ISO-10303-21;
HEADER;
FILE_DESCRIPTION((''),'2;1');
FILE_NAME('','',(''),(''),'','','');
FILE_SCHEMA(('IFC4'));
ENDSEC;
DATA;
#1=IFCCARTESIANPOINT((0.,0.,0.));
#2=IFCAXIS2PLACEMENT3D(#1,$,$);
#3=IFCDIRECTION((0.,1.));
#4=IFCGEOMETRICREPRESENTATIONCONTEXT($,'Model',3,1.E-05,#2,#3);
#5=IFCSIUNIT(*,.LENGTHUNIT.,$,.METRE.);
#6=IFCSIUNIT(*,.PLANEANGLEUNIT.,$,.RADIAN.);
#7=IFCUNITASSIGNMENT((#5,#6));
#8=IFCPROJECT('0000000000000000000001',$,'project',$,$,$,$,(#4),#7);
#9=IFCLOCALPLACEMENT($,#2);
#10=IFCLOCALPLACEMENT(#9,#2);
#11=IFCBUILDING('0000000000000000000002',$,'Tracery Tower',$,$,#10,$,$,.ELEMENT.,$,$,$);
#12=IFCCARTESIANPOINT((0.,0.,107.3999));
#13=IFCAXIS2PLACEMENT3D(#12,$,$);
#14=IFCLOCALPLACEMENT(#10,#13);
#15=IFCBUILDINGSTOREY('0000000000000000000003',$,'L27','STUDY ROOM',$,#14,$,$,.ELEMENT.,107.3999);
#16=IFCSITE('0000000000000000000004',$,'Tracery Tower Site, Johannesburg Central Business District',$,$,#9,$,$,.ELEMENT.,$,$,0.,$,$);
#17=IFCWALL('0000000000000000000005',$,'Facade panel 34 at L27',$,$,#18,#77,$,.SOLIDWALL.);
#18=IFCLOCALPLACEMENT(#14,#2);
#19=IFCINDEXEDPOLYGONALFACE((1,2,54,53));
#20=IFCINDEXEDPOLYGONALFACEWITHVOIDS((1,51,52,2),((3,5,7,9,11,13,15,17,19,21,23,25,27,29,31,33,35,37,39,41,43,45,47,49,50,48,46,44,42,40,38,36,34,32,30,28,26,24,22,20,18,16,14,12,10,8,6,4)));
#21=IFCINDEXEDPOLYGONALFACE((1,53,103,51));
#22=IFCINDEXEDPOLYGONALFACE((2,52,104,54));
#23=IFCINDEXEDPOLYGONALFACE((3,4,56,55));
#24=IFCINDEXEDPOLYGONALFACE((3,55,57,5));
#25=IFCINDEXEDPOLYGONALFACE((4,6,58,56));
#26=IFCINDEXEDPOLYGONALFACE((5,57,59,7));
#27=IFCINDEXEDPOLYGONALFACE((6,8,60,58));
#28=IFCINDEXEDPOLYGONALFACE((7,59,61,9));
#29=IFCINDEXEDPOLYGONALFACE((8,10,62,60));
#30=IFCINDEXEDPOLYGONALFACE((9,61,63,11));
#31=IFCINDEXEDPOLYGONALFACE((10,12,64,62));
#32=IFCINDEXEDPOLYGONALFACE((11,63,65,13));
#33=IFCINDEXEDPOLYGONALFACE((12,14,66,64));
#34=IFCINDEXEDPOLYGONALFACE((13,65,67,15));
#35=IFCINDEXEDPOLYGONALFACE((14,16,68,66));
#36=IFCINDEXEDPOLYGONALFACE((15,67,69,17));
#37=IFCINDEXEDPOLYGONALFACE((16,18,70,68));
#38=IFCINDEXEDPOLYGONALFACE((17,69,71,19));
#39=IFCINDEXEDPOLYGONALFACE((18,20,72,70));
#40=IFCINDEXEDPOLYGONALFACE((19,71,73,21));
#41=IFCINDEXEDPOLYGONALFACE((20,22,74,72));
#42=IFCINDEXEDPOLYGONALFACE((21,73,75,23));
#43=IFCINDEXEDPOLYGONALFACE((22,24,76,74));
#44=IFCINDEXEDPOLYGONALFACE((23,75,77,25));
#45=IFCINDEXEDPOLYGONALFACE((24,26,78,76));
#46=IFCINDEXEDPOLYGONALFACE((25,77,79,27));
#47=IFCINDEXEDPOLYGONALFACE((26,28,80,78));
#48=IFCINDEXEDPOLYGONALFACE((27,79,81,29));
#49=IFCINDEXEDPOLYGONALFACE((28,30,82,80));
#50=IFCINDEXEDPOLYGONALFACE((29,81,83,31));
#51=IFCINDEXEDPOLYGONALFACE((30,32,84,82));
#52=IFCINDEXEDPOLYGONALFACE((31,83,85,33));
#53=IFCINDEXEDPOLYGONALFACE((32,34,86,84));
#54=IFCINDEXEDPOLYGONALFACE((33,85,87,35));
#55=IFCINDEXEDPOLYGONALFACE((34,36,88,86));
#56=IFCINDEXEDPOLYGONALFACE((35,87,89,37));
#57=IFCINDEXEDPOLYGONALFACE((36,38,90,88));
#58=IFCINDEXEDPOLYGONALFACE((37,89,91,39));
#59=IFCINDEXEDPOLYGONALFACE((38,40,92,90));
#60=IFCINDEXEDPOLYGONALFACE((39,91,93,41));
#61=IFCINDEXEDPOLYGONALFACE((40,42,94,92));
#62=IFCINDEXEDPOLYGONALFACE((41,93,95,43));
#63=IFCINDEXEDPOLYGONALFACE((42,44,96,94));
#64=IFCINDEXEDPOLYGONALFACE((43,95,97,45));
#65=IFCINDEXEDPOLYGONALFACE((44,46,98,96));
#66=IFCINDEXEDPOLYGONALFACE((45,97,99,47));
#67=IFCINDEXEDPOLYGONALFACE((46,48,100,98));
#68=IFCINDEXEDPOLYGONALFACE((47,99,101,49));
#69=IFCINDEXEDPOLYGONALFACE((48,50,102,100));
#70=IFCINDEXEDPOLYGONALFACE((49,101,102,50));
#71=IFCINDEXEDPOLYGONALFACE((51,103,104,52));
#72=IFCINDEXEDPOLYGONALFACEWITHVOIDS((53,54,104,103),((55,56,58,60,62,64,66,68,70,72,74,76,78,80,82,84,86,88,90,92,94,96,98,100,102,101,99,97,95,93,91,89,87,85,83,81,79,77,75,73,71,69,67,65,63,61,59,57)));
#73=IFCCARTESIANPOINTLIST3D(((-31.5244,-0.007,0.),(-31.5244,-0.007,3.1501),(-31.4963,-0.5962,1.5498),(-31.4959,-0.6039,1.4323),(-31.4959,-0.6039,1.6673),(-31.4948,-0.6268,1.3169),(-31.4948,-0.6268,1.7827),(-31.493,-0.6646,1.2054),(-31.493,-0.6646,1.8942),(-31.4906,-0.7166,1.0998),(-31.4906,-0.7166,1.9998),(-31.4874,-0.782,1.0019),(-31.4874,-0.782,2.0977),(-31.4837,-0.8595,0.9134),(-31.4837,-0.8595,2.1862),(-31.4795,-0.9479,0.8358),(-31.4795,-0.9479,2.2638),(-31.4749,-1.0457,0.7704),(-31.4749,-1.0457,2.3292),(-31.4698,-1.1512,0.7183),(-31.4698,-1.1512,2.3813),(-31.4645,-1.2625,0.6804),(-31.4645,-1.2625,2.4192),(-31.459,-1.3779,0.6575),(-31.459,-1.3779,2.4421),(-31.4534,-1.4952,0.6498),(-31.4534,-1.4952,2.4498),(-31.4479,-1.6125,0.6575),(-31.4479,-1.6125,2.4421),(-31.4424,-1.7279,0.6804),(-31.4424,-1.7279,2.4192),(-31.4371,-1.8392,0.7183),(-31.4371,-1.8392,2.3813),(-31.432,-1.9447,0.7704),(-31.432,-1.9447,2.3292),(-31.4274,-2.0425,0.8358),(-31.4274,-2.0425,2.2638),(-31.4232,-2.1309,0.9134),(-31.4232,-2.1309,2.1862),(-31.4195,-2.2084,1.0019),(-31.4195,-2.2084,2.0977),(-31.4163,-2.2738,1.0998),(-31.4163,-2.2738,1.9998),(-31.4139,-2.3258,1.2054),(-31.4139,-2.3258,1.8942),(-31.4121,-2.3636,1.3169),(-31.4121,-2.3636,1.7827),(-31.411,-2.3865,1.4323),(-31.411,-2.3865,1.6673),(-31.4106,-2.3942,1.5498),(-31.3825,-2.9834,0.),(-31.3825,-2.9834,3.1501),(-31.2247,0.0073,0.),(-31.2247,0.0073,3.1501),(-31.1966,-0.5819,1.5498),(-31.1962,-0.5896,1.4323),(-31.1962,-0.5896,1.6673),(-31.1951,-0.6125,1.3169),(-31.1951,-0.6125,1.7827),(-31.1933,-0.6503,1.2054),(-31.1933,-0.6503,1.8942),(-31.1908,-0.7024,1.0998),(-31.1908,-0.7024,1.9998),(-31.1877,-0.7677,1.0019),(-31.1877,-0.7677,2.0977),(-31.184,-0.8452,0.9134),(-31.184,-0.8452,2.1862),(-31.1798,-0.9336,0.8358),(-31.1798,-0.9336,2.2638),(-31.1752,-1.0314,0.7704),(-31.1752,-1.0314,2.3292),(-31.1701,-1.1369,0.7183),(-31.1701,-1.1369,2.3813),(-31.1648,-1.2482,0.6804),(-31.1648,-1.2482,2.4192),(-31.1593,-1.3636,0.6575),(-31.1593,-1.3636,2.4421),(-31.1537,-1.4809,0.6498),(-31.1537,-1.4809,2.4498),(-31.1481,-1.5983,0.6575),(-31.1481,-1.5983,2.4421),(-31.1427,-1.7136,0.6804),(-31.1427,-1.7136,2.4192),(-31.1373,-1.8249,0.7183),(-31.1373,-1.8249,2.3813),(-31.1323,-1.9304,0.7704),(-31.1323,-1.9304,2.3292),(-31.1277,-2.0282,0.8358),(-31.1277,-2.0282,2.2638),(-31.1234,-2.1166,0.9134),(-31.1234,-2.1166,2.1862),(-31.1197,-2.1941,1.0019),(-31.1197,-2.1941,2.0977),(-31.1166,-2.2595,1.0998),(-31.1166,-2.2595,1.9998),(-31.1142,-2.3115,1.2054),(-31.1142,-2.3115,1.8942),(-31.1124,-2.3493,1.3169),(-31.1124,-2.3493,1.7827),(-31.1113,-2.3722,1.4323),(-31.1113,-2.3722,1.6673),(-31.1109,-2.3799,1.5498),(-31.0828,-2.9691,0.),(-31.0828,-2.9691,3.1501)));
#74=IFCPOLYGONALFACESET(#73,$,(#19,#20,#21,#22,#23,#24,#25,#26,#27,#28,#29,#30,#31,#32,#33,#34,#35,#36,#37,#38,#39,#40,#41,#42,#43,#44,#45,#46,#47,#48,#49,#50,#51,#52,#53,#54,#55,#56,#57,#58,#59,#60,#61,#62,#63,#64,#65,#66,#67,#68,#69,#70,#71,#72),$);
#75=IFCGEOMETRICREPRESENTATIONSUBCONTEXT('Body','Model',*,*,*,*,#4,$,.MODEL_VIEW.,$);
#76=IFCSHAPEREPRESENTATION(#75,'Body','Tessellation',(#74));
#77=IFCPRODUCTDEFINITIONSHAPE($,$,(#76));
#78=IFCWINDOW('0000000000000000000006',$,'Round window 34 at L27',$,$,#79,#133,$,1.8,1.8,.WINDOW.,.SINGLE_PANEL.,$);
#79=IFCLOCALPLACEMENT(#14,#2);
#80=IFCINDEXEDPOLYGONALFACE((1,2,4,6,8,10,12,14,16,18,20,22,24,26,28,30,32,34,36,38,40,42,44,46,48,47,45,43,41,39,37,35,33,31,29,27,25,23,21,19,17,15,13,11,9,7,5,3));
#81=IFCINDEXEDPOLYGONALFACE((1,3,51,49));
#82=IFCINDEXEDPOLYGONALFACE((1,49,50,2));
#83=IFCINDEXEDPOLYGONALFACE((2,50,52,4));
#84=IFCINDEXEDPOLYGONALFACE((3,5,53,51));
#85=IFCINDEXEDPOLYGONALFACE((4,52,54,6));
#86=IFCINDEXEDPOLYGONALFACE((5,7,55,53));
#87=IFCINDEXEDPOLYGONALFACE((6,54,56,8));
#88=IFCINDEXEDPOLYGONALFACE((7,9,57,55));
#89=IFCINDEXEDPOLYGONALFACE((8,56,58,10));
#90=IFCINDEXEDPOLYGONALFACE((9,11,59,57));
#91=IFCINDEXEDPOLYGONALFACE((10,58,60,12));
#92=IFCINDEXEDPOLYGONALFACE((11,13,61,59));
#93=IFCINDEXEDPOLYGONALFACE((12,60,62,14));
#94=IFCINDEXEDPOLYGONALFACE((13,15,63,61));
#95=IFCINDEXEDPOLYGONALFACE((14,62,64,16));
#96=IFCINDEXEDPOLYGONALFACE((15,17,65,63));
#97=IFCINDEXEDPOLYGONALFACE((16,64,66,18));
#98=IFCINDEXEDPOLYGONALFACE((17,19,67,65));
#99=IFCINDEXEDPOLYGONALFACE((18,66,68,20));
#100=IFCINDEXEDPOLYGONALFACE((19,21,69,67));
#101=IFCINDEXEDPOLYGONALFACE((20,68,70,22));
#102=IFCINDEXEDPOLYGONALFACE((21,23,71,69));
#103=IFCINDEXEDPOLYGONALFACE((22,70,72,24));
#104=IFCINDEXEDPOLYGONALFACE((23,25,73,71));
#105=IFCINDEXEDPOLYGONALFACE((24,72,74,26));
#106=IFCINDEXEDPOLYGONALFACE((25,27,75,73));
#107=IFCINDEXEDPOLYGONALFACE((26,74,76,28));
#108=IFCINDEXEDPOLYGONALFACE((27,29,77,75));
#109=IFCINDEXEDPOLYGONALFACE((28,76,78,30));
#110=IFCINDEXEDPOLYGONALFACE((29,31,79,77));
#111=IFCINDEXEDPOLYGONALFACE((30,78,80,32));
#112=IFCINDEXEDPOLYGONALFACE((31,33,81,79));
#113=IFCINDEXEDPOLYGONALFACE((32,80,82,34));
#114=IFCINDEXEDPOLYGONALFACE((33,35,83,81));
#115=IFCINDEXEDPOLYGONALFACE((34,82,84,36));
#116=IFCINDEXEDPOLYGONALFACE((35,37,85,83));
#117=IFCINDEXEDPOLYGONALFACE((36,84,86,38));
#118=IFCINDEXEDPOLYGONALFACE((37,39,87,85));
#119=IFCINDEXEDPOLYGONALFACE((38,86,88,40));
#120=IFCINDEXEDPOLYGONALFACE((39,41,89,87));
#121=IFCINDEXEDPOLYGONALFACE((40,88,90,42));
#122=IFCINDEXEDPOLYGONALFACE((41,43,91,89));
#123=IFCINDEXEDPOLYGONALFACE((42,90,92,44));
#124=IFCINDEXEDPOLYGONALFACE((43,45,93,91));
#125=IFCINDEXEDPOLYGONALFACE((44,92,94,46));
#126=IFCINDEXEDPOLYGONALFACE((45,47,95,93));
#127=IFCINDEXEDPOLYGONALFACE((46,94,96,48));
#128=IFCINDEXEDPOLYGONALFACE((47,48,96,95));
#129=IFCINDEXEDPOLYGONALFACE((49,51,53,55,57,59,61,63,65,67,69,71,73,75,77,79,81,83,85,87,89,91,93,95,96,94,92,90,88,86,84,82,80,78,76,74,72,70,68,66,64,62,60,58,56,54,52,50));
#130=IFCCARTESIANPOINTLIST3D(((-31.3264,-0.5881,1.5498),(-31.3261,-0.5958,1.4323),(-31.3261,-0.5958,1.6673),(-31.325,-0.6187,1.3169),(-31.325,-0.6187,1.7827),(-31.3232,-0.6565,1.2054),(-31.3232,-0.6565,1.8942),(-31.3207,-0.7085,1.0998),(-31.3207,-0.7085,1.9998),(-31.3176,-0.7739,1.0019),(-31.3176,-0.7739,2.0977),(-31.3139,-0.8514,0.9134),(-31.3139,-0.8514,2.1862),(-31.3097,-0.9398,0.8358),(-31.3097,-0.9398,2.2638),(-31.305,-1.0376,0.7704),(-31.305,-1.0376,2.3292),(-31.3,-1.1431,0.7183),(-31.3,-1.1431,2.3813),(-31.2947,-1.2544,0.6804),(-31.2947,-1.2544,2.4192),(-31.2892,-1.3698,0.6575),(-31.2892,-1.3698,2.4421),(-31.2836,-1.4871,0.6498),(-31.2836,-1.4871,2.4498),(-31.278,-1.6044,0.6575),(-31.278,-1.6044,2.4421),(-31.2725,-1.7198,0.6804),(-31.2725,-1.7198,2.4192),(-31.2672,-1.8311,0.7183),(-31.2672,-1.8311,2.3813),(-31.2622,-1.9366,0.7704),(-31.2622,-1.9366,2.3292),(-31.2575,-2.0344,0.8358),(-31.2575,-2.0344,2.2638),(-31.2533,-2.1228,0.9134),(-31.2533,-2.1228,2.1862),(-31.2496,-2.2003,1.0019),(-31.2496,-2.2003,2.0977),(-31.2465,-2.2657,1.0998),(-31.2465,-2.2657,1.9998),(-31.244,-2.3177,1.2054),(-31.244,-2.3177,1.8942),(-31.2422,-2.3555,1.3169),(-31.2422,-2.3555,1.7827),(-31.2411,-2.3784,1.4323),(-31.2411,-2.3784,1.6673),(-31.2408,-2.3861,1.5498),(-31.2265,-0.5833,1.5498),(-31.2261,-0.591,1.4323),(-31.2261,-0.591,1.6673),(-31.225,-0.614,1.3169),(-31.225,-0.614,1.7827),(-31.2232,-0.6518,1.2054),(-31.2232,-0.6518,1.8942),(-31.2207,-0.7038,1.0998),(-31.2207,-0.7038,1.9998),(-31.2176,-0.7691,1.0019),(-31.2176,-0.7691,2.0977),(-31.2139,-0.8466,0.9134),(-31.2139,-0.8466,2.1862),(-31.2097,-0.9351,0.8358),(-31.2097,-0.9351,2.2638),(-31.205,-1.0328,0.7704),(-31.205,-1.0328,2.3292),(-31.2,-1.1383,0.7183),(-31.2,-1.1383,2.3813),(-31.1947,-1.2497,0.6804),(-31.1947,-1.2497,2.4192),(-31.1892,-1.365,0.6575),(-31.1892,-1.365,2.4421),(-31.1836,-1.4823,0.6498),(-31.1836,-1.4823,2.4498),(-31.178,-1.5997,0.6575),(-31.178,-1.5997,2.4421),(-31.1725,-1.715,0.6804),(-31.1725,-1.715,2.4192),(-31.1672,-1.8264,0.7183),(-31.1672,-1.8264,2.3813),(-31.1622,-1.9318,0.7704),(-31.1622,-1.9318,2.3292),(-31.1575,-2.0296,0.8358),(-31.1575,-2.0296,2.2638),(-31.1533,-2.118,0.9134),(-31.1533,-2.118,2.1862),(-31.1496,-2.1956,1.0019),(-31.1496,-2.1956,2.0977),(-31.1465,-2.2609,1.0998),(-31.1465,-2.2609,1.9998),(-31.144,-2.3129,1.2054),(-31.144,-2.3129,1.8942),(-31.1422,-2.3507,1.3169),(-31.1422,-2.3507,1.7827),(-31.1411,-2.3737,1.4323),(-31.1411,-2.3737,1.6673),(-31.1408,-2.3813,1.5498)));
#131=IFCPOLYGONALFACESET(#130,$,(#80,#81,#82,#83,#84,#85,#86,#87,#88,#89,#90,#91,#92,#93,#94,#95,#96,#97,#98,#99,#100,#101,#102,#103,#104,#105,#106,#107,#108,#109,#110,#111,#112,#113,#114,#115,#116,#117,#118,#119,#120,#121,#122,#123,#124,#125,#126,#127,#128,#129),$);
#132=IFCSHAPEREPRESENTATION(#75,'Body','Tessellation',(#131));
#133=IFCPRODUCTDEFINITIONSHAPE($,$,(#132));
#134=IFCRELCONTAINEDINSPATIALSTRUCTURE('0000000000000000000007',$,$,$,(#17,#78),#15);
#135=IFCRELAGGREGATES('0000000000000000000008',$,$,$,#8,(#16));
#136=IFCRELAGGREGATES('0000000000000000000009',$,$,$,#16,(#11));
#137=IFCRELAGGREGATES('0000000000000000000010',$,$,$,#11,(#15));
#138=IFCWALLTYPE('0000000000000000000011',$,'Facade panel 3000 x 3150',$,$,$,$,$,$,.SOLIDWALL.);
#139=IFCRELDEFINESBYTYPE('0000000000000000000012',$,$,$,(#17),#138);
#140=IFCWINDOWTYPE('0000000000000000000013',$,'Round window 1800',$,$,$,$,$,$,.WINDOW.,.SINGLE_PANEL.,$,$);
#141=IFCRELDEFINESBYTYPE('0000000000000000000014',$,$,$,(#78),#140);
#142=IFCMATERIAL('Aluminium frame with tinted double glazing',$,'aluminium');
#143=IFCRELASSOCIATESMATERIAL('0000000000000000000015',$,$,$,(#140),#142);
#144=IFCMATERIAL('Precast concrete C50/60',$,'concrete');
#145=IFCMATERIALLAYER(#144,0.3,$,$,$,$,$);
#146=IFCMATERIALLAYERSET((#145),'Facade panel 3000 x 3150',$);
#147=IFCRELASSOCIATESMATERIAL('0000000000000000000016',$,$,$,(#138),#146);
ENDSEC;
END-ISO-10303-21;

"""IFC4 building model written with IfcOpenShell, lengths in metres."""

from ifc_helpers import new_model, si_unit, direction, frame, frame_2d, origin, origin_2d, place, context, subcontext, project, spatial, rectangle, circle, extrude, material, layer, layer_set, type_object, element, fill, save


model = new_model("IFC4")

# Units and contexts
model_context = context("Model", 3, precision=1e-05, world=origin(), true_north=direction((0.0, 1.0)))
body_context = subcontext(model_context, "Body", "Model", "MODEL_VIEW")
ifc_project = project(units=[si_unit("LENGTHUNIT", "METRE"), si_unit("PLANEANGLEUNIT", "RADIAN")], contexts=[model_context])

# Site, building, storey
site_placement = place(None, origin())
site = spatial("IfcSite", under=ifc_project, at=site_placement, Name="Tracery Tower Site, Johannesburg Central Business District", CompositionType="ELEMENT", RefElevation=0.0)
building_placement = place(site_placement, origin())
building = spatial("IfcBuilding", under=site, at=building_placement, Name="Tracery Tower", CompositionType="ELEMENT")
storey_placement = place(building_placement, frame((0.0, 0.0, 107.3999)))
storey = spatial("IfcBuildingStorey", under=building, at=storey_placement, Name="L27", Description="STUDY ROOM", CompositionType="ELEMENT", Elevation=107.3999)

# Wall, opening, window
ifc_material_1 = material(Name="Aluminium frame with tinted double glazing", Category="aluminium")
window_type = type_object("IfcWindowType", Name="Round window 1800", PartitioningType="SINGLE_PANEL", PredefinedType="WINDOW", material=ifc_material_1)
ifc_material_2 = material(Name="Precast concrete C50/60", Category="concrete")
ifc_layer_1 = layer(ifc_material_2, 0.3)
ifc_layer_set_1 = layer_set([ifc_layer_1], Name="Facade panel 3000 x 3150")
wall_type_1 = type_object("IfcWallType", Name="Facade panel 3000 x 3150", PredefinedType="SOLIDWALL", material=ifc_layer_set_1)
wall_1_placement = place(storey_placement, frame((-31.3745, 0.0, 0.0), z_axis=(0.0, 0.0, 1.0), x_axis=(0.047604, -0.998866, 0.0)))
wall_1 = element("IfcWall", 1, at=wall_1_placement, inside=storey, type_object=wall_type_1, Name="Facade panel 34 at L27", PredefinedType="SOLIDWALL", context=body_context, shape_type="SweptSolid", body=[
    extrude(rectangle(XDim=2.9797, YDim=0.3, at=frame_2d((1.4897, 0.0))), origin(), (0.0, 0.0, 1.0), 3.1501),
])
opening_1_placement = place(wall_1_placement, frame((1.4897, 0.0, 1.5498)))
opening_1 = element("IfcOpeningElement", 2, at=opening_1_placement, cuts=wall_1, PredefinedType="OPENING", context=body_context, shape_type="SweptSolid", body=[
    extrude(circle(Radius=0.9, at=origin_2d()), frame((0.0, 0.1599, 0.0), z_axis=(0.0, -1.0, 0.0), x_axis=(1.0, 0.0, 0.0)), (0.0, 0.0, 1.0), 0.3201),
])
window_1_placement = place(opening_1_placement, origin())
window_1 = element("IfcWindow", 3, at=window_1_placement, inside=storey, type_object=window_type, Name="Round window 34 at L27", OverallHeight=1.8, OverallWidth=1.8, PartitioningType="SINGLE_PANEL", PredefinedType="WINDOW", context=body_context, shape_type="SweptSolid", body=[
    extrude(circle(Radius=0.9, at=origin_2d()), frame((0.0, 0.1201, 0.0), z_axis=(0.0, -1.0, 0.0), x_axis=(1.0, 0.0, 0.0)), (0.0, 0.0, 1.0), 0.1001),
])
fill(opening_1, window_1)

save(model, "model.ifc")
